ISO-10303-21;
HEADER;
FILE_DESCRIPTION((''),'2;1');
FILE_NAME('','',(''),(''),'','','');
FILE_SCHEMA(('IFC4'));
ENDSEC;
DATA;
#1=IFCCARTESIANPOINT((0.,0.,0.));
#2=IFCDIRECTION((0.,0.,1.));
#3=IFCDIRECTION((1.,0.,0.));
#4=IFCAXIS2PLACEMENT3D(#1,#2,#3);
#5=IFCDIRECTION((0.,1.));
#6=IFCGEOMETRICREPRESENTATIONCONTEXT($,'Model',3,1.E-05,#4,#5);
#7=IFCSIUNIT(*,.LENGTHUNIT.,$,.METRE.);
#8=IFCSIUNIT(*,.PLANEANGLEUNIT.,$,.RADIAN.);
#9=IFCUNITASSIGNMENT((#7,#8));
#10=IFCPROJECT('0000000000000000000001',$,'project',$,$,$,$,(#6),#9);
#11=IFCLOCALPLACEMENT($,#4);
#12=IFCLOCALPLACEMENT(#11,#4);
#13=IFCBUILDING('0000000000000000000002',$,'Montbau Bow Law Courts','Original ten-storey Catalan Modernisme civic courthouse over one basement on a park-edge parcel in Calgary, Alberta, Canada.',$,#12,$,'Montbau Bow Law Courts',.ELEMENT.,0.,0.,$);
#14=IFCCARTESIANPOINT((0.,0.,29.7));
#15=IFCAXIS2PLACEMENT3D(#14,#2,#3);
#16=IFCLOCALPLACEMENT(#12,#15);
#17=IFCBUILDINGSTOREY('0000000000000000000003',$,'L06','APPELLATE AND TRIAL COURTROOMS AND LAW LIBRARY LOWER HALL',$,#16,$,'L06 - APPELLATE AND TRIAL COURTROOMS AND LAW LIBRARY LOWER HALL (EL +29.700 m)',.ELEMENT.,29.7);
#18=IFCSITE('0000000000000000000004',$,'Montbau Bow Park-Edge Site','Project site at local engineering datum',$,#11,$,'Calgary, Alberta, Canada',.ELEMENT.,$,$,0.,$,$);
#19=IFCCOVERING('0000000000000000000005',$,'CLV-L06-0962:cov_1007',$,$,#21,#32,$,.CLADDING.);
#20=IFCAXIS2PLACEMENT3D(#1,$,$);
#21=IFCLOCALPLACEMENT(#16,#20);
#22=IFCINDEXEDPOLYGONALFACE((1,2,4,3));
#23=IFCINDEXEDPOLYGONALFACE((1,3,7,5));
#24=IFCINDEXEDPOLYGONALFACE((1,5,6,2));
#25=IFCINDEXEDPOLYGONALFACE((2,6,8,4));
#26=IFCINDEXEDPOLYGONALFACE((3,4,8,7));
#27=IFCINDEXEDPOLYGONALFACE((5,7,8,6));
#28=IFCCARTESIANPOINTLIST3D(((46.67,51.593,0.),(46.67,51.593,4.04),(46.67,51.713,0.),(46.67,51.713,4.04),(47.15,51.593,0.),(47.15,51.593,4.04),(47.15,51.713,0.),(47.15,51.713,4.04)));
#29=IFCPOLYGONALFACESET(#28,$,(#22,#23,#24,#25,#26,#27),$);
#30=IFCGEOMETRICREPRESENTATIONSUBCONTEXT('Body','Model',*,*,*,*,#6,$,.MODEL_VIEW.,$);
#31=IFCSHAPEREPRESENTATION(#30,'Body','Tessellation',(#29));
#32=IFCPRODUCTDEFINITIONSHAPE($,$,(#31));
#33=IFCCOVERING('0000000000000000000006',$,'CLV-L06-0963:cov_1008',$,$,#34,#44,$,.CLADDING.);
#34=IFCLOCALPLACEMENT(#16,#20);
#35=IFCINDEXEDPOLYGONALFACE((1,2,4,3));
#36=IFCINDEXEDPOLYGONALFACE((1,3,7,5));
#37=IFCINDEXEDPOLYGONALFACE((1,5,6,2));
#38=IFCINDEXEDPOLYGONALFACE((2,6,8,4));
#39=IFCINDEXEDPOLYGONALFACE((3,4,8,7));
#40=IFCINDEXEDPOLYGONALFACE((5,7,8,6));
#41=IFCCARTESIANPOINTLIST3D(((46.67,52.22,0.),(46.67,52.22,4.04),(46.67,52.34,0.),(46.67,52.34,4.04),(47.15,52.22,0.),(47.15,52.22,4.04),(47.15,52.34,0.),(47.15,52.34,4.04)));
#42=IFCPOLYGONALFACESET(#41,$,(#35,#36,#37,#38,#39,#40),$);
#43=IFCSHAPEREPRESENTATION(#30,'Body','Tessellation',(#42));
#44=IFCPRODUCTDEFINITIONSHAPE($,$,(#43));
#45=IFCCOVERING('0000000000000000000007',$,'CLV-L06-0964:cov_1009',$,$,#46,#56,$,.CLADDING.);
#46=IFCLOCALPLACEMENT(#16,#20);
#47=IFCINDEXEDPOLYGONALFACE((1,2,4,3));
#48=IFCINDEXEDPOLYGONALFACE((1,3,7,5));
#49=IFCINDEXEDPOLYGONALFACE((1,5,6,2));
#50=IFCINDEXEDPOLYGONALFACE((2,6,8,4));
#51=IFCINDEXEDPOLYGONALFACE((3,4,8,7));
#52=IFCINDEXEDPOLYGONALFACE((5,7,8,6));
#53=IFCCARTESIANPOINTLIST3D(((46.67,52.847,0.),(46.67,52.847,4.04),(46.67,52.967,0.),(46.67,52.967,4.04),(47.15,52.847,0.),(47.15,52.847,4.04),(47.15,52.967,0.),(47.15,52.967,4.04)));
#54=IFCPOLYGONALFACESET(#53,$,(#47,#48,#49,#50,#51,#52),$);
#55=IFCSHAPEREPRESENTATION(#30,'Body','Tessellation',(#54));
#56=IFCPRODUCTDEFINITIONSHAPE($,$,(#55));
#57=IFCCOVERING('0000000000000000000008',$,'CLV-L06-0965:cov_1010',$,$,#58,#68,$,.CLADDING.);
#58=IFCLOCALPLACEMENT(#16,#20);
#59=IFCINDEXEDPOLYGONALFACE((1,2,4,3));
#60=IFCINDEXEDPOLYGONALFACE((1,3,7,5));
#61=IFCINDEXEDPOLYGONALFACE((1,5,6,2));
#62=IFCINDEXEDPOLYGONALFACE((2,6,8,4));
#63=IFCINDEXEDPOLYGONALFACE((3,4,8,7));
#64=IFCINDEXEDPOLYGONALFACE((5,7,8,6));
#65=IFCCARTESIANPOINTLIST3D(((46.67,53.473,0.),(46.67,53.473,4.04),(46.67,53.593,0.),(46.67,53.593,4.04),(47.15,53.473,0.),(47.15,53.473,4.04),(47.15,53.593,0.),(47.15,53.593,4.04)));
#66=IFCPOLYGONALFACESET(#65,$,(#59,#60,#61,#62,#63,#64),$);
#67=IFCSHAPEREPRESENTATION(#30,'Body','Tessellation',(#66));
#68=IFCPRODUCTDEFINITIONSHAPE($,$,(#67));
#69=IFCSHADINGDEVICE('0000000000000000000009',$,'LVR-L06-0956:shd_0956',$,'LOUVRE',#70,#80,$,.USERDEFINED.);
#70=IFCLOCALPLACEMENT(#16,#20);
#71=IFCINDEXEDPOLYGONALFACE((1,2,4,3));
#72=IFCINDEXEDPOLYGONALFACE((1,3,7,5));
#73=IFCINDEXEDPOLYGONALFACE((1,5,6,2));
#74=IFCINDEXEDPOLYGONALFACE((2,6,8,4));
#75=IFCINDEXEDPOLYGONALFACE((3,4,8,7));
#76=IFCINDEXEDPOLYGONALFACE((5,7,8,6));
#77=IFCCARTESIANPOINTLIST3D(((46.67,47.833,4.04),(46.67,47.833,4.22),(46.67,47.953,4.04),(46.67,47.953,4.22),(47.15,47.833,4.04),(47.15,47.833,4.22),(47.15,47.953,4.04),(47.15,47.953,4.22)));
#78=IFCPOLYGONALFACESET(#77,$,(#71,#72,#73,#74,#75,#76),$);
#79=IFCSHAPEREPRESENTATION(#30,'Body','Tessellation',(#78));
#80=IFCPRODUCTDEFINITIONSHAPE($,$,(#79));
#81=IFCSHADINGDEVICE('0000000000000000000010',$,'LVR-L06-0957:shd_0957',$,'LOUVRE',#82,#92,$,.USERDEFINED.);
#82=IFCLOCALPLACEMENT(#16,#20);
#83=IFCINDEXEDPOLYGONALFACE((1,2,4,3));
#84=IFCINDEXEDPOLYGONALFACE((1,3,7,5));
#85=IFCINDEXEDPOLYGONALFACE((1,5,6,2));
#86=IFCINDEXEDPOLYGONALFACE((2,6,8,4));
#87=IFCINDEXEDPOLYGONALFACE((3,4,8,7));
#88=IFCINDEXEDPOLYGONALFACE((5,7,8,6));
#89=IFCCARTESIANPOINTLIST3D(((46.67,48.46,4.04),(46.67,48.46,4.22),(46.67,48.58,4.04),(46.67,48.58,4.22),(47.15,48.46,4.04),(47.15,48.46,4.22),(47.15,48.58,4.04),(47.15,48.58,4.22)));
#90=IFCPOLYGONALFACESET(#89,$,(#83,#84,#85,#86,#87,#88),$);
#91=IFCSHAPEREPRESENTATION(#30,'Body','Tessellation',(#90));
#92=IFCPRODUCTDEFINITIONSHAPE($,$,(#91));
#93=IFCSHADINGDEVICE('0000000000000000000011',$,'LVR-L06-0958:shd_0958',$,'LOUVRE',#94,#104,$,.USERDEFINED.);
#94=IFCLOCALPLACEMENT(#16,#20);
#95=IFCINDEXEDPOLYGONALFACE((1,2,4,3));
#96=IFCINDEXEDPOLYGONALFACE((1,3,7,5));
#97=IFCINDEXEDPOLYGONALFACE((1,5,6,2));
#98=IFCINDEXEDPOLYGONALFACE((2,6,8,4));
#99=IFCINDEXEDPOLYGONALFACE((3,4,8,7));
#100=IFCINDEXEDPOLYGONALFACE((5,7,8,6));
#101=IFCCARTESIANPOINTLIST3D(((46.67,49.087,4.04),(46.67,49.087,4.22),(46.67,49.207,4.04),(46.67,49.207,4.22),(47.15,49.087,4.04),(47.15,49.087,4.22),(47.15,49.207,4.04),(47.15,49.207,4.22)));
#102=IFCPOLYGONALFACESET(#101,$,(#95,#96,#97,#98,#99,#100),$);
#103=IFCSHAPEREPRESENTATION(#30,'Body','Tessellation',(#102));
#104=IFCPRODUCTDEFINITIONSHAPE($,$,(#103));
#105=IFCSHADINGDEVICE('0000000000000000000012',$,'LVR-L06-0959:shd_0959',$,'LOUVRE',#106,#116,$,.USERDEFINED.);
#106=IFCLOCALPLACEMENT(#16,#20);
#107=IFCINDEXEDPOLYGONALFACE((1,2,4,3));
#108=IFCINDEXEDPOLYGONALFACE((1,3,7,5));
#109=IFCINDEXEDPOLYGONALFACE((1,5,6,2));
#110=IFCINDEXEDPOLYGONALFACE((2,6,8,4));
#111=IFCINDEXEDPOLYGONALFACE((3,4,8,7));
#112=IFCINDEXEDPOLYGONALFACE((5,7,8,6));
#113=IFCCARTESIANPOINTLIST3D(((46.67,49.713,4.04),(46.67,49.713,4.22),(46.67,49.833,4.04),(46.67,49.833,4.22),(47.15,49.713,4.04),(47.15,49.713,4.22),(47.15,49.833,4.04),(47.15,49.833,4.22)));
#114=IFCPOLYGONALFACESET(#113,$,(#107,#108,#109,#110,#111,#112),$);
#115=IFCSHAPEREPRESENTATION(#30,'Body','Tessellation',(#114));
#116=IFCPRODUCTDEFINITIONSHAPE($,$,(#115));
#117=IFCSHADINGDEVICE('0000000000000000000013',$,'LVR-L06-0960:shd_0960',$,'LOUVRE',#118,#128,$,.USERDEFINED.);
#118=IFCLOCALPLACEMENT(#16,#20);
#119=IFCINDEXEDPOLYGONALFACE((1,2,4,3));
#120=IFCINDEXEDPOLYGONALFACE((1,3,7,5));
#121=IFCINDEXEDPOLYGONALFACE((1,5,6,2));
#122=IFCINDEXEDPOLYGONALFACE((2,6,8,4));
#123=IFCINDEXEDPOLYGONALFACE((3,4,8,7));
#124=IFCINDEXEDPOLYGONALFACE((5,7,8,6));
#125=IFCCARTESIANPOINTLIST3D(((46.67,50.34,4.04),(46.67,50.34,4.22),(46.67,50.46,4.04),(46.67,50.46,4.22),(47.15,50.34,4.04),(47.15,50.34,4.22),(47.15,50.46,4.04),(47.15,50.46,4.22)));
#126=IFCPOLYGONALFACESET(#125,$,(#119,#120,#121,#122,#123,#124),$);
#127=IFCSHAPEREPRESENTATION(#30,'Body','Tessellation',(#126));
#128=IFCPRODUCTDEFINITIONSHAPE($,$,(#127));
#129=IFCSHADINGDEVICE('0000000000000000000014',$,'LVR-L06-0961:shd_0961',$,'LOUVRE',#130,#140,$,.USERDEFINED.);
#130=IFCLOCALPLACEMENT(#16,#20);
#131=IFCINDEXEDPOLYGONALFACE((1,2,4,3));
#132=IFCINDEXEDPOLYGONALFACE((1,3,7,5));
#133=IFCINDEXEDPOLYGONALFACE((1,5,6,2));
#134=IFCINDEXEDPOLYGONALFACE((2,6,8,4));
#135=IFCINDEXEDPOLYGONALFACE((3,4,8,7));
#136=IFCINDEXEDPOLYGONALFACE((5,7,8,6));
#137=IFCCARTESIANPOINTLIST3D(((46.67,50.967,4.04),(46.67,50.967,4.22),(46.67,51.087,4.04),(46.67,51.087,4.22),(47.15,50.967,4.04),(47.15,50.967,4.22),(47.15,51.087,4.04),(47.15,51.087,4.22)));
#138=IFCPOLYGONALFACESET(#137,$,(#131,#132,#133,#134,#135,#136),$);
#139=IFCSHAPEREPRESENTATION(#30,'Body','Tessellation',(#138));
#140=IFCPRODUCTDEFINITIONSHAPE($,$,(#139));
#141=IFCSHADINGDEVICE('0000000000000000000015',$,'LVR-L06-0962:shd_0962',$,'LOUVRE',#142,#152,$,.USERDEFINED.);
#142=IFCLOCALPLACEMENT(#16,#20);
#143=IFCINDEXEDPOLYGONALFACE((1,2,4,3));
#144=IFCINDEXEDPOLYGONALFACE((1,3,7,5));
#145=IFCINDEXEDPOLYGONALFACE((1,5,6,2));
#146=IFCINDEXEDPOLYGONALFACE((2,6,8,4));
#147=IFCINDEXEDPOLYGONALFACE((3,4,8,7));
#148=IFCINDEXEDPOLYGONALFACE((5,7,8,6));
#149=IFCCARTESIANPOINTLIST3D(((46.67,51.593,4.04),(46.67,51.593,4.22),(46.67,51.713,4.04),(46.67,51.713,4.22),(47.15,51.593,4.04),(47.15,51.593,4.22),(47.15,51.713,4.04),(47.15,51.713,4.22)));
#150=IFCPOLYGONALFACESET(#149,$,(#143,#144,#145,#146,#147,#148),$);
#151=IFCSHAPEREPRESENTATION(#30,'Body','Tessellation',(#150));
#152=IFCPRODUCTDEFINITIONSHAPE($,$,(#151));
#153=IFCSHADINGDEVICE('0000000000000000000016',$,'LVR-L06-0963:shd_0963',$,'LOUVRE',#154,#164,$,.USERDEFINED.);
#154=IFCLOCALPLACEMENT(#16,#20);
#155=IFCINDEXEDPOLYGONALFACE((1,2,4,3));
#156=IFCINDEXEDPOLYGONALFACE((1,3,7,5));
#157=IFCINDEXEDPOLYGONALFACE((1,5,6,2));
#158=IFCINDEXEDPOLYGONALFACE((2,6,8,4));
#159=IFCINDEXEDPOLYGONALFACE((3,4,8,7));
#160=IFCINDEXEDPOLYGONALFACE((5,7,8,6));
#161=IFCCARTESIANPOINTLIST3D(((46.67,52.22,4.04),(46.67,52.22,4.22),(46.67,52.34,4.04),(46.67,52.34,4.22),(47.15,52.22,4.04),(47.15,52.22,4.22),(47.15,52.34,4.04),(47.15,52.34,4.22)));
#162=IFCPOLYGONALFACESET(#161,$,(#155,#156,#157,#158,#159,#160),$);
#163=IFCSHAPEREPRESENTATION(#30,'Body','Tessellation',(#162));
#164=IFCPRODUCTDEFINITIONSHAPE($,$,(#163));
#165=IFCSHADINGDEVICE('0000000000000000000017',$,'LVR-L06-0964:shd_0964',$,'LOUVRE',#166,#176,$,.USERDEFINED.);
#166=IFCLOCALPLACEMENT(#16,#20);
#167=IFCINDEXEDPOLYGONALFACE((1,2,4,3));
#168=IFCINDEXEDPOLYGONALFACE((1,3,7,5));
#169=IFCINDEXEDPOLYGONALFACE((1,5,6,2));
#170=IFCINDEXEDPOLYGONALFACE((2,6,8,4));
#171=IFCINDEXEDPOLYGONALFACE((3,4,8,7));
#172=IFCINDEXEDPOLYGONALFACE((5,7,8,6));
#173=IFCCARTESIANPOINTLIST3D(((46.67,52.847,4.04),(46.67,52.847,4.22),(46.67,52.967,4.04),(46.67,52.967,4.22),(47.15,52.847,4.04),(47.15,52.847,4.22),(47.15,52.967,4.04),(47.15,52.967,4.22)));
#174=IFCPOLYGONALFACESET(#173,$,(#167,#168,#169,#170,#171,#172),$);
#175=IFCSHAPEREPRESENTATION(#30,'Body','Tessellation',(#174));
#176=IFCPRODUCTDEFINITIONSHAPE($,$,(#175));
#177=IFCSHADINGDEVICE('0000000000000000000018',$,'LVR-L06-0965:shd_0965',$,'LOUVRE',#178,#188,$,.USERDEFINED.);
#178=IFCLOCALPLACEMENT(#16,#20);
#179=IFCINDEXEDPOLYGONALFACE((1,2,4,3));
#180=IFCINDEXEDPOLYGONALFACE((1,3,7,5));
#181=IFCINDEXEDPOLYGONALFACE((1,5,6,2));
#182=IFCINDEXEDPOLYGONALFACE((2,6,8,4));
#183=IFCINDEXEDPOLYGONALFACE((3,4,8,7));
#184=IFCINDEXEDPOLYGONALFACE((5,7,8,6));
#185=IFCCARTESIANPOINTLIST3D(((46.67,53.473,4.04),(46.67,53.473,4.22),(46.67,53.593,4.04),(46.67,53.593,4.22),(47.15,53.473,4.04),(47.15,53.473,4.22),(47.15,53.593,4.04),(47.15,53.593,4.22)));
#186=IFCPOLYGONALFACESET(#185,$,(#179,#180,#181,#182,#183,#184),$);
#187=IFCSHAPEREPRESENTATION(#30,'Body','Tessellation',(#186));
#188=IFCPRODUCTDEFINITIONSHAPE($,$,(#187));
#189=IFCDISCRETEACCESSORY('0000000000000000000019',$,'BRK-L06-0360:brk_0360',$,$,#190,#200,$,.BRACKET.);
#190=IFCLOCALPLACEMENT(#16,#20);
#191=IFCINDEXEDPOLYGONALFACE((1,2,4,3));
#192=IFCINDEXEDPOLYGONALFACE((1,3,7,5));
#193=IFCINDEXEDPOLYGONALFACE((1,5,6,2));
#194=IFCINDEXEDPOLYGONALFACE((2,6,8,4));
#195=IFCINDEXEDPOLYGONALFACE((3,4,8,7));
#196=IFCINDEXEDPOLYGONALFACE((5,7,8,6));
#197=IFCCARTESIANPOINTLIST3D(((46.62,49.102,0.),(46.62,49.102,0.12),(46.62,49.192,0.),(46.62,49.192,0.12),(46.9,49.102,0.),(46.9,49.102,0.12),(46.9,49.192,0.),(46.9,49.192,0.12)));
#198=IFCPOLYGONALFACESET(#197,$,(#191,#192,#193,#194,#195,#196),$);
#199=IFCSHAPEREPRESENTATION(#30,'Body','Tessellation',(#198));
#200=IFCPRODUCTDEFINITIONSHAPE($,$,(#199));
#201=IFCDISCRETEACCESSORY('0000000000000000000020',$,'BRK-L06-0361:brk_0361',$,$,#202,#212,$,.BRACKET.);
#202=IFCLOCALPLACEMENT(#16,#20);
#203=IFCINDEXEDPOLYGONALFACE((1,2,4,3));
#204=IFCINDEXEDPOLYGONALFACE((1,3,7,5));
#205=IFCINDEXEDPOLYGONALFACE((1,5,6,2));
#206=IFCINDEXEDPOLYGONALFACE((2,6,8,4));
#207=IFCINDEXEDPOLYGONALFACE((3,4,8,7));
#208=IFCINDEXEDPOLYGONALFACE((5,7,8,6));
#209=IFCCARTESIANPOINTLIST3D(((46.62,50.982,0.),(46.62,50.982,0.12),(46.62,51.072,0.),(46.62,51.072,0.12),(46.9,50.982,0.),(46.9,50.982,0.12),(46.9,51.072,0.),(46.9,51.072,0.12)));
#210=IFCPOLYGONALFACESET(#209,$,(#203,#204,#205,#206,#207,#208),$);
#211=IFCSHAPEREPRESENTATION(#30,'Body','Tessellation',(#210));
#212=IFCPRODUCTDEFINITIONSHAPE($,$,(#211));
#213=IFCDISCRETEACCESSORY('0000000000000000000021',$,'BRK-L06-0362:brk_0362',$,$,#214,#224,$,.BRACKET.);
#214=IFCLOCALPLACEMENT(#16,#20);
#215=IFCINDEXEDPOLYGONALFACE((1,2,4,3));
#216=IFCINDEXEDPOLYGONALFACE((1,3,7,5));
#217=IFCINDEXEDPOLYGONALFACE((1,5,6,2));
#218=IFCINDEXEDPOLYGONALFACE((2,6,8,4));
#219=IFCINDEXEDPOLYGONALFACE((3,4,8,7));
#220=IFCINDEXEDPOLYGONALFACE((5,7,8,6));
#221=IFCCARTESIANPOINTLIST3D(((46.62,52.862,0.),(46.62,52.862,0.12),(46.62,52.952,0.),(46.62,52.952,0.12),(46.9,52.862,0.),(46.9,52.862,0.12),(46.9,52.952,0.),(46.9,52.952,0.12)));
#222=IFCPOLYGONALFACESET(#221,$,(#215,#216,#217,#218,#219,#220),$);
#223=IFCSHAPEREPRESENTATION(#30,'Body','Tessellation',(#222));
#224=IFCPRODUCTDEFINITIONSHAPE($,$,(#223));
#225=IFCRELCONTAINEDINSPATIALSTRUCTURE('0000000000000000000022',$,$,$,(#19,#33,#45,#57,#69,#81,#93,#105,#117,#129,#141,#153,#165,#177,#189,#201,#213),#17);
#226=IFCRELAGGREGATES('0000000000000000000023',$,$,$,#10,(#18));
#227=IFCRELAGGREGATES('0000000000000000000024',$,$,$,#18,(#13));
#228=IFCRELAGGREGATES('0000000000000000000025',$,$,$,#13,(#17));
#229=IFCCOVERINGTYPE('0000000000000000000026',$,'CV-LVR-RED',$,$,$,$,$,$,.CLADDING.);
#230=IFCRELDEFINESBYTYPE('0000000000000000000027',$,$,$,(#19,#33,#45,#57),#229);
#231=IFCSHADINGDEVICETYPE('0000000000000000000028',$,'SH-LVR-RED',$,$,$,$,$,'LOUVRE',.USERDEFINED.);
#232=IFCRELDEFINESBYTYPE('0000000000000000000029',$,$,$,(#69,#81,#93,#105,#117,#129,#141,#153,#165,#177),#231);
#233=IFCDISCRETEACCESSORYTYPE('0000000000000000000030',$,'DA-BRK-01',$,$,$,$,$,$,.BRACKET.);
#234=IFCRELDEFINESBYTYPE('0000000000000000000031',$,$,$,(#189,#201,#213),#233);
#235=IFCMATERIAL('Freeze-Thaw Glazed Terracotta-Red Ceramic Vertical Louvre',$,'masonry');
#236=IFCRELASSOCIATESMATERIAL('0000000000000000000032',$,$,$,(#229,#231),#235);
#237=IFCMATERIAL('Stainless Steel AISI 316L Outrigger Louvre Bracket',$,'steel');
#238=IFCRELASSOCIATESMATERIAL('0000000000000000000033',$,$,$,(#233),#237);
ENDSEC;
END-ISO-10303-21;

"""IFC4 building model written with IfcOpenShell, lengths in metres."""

from ifc_helpers import new_model, si_unit, direction, frame, frame_2d, origin_with_axes, origin_2d_with_axis, place, context, subcontext, project, spatial, rectangle, extrude, material, type_object, element, save


model = new_model("IFC4")

# Units and contexts
model_context = context("Model", 3, precision=1e-05, world=origin_with_axes(), true_north=direction((0.0, 1.0)))
body_context = subcontext(model_context, "Body", "Model", "MODEL_VIEW")
ifc_project = project(units=[si_unit("LENGTHUNIT", "METRE"), si_unit("PLANEANGLEUNIT", "RADIAN")], contexts=[model_context])

# Site, building, storey
site_placement = place(None, origin_with_axes())
site = spatial("IfcSite", under=ifc_project, at=site_placement, Name="Montbau Bow Park-Edge Site", Description="Project site at local engineering datum", LongName="Calgary, Alberta, Canada", CompositionType="ELEMENT", RefElevation=0.0)
building_placement = place(site_placement, origin_with_axes())
building = spatial("IfcBuilding", under=site, at=building_placement, Name="Montbau Bow Law Courts", Description="Original ten-storey Catalan Modernisme civic courthouse over one basement on a park-edge parcel in Calgary, Alberta, Canada.", LongName="Montbau Bow Law Courts", CompositionType="ELEMENT", ElevationOfRefHeight=0.0, ElevationOfTerrain=0.0)
storey_placement = place(building_placement, frame((0.0, 0.0, 29.7), z_axis=(0.0, 0.0, 1.0), x_axis=(1.0, 0.0, 0.0)))
storey = spatial("IfcBuildingStorey", under=building, at=storey_placement, Name="L06", Description="APPELLATE AND TRIAL COURTROOMS AND LAW LIBRARY LOWER HALL", LongName="L06 - APPELLATE AND TRIAL COURTROOMS AND LAW LIBRARY LOWER HALL (EL +29.700 m)", CompositionType="ELEMENT", Elevation=29.7)

# Coverings
ifc_material_1 = material(Name="Freeze-Thaw Glazed Terracotta-Red Ceramic Vertical Louvre", Category="masonry")
covering_type = type_object("IfcCoveringType", Name="CV-LVR-RED", PredefinedType="CLADDING", material=ifc_material_1)
for number, where, z_axis, x_axis, name in (
    (1, (46.67, 51.653, 29.7), (0.0, -1.0, 0.0), (1.0, 0.0, 0.0), "CLV-L06-0962:cov_1007"),
    (2, (46.67, 52.28, 29.7), (0.0, -1.0, 0.0), (1.0, 0.0, 0.0), "CLV-L06-0963:cov_1008"),
    (3, (46.67, 52.907, 29.7), (0.0, -1.0, 0.0), (1.0, 0.0, 0.0), "CLV-L06-0964:cov_1009"),
    (4, (46.67, 53.533, 29.7), (0.0, -1.0, 0.0), (1.0, 0.0, 0.0), "CLV-L06-0965:cov_1010"),
):
    element("IfcCovering", number, at=place(None, frame(where, z_axis=z_axis, x_axis=x_axis)), inside=storey, type_object=covering_type, Name=name, PredefinedType="CLADDING", context=body_context, shape_type="SweptSolid", body=[
        extrude(rectangle(XDim=0.48, YDim=4.04, at=frame_2d((0.24, 2.02), x_axis=(1.0, 0.0))), frame((0.0, 0.0, -0.06), z_axis=(0.0, 0.0, 1.0), x_axis=(1.0, 0.0, 0.0)), (0.0, 0.0, 1.0), 0.12),
    ])

# Shading devices
shading_device_type = type_object("IfcShadingDeviceType", Name="SH-LVR-RED", ElementType="LOUVRE", PredefinedType="USERDEFINED", material=ifc_material_1)
for number, where, z_axis, x_axis, name in (
    (5, (46.91, 47.893, 33.74), (0.0, 0.0, 1.0), (1.0, 0.0, 0.0), "LVR-L06-0956:shd_0956"),
    (6, (46.91, 48.52, 33.74), (0.0, 0.0, 1.0), (1.0, 0.0, 0.0), "LVR-L06-0957:shd_0957"),
    (7, (46.91, 49.147, 33.74), (0.0, 0.0, 1.0), (1.0, 0.0, 0.0), "LVR-L06-0958:shd_0958"),
    (8, (46.91, 49.773, 33.74), (0.0, 0.0, 1.0), (1.0, 0.0, 0.0), "LVR-L06-0959:shd_0959"),
    (9, (46.91, 50.4, 33.74), (0.0, 0.0, 1.0), (1.0, 0.0, 0.0), "LVR-L06-0960:shd_0960"),
    (10, (46.91, 51.027, 33.74), (0.0, 0.0, 1.0), (1.0, 0.0, 0.0), "LVR-L06-0961:shd_0961"),
    (11, (46.91, 51.653, 33.74), (0.0, 0.0, 1.0), (1.0, 0.0, 0.0), "LVR-L06-0962:shd_0962"),
    (12, (46.91, 52.28, 33.74), (0.0, 0.0, 1.0), (1.0, 0.0, 0.0), "LVR-L06-0963:shd_0963"),
    (13, (46.91, 52.907, 33.74), (0.0, 0.0, 1.0), (1.0, 0.0, 0.0), "LVR-L06-0964:shd_0964"),
    (14, (46.91, 53.533, 33.74), (0.0, 0.0, 1.0), (1.0, 0.0, 0.0), "LVR-L06-0965:shd_0965"),
):
    element("IfcShadingDevice", number, at=place(None, frame(where, z_axis=z_axis, x_axis=x_axis)), inside=storey, type_object=shading_device_type, Name=name, ObjectType="LOUVRE", PredefinedType="USERDEFINED", context=body_context, shape_type="SweptSolid", body=[
        extrude(rectangle(XDim=0.48, YDim=0.12, at=origin_2d_with_axis()), origin_with_axes(), (0.0, 0.0, 1.0), 0.18),
    ])

# Discrete accessories
ifc_material_2 = material(Name="Stainless Steel AISI 316L Outrigger Louvre Bracket", Category="steel")
discrete_accessory_type = type_object("IfcDiscreteAccessoryType", Name="DA-BRK-01", PredefinedType="BRACKET", material=ifc_material_2)
for number, where, z_axis, x_axis, name in (
    (15, (46.76, 49.147, 29.7), (0.0, 0.0, 1.0), (1.0, 0.0, 0.0), "BRK-L06-0360:brk_0360"),
    (16, (46.76, 51.027, 29.7), (0.0, 0.0, 1.0), (1.0, 0.0, 0.0), "BRK-L06-0361:brk_0361"),
    (17, (46.76, 52.907, 29.7), (0.0, 0.0, 1.0), (1.0, 0.0, 0.0), "BRK-L06-0362:brk_0362"),
):
    element("IfcDiscreteAccessory", number, at=place(None, frame(where, z_axis=z_axis, x_axis=x_axis)), inside=storey, type_object=discrete_accessory_type, Name=name, PredefinedType="BRACKET", context=body_context, shape_type="SweptSolid", body=[
        extrude(rectangle(XDim=0.28, YDim=0.09, at=origin_2d_with_axis()), origin_with_axes(), (0.0, 0.0, 1.0), 0.12),
    ])

save(model, "model.ifc")
